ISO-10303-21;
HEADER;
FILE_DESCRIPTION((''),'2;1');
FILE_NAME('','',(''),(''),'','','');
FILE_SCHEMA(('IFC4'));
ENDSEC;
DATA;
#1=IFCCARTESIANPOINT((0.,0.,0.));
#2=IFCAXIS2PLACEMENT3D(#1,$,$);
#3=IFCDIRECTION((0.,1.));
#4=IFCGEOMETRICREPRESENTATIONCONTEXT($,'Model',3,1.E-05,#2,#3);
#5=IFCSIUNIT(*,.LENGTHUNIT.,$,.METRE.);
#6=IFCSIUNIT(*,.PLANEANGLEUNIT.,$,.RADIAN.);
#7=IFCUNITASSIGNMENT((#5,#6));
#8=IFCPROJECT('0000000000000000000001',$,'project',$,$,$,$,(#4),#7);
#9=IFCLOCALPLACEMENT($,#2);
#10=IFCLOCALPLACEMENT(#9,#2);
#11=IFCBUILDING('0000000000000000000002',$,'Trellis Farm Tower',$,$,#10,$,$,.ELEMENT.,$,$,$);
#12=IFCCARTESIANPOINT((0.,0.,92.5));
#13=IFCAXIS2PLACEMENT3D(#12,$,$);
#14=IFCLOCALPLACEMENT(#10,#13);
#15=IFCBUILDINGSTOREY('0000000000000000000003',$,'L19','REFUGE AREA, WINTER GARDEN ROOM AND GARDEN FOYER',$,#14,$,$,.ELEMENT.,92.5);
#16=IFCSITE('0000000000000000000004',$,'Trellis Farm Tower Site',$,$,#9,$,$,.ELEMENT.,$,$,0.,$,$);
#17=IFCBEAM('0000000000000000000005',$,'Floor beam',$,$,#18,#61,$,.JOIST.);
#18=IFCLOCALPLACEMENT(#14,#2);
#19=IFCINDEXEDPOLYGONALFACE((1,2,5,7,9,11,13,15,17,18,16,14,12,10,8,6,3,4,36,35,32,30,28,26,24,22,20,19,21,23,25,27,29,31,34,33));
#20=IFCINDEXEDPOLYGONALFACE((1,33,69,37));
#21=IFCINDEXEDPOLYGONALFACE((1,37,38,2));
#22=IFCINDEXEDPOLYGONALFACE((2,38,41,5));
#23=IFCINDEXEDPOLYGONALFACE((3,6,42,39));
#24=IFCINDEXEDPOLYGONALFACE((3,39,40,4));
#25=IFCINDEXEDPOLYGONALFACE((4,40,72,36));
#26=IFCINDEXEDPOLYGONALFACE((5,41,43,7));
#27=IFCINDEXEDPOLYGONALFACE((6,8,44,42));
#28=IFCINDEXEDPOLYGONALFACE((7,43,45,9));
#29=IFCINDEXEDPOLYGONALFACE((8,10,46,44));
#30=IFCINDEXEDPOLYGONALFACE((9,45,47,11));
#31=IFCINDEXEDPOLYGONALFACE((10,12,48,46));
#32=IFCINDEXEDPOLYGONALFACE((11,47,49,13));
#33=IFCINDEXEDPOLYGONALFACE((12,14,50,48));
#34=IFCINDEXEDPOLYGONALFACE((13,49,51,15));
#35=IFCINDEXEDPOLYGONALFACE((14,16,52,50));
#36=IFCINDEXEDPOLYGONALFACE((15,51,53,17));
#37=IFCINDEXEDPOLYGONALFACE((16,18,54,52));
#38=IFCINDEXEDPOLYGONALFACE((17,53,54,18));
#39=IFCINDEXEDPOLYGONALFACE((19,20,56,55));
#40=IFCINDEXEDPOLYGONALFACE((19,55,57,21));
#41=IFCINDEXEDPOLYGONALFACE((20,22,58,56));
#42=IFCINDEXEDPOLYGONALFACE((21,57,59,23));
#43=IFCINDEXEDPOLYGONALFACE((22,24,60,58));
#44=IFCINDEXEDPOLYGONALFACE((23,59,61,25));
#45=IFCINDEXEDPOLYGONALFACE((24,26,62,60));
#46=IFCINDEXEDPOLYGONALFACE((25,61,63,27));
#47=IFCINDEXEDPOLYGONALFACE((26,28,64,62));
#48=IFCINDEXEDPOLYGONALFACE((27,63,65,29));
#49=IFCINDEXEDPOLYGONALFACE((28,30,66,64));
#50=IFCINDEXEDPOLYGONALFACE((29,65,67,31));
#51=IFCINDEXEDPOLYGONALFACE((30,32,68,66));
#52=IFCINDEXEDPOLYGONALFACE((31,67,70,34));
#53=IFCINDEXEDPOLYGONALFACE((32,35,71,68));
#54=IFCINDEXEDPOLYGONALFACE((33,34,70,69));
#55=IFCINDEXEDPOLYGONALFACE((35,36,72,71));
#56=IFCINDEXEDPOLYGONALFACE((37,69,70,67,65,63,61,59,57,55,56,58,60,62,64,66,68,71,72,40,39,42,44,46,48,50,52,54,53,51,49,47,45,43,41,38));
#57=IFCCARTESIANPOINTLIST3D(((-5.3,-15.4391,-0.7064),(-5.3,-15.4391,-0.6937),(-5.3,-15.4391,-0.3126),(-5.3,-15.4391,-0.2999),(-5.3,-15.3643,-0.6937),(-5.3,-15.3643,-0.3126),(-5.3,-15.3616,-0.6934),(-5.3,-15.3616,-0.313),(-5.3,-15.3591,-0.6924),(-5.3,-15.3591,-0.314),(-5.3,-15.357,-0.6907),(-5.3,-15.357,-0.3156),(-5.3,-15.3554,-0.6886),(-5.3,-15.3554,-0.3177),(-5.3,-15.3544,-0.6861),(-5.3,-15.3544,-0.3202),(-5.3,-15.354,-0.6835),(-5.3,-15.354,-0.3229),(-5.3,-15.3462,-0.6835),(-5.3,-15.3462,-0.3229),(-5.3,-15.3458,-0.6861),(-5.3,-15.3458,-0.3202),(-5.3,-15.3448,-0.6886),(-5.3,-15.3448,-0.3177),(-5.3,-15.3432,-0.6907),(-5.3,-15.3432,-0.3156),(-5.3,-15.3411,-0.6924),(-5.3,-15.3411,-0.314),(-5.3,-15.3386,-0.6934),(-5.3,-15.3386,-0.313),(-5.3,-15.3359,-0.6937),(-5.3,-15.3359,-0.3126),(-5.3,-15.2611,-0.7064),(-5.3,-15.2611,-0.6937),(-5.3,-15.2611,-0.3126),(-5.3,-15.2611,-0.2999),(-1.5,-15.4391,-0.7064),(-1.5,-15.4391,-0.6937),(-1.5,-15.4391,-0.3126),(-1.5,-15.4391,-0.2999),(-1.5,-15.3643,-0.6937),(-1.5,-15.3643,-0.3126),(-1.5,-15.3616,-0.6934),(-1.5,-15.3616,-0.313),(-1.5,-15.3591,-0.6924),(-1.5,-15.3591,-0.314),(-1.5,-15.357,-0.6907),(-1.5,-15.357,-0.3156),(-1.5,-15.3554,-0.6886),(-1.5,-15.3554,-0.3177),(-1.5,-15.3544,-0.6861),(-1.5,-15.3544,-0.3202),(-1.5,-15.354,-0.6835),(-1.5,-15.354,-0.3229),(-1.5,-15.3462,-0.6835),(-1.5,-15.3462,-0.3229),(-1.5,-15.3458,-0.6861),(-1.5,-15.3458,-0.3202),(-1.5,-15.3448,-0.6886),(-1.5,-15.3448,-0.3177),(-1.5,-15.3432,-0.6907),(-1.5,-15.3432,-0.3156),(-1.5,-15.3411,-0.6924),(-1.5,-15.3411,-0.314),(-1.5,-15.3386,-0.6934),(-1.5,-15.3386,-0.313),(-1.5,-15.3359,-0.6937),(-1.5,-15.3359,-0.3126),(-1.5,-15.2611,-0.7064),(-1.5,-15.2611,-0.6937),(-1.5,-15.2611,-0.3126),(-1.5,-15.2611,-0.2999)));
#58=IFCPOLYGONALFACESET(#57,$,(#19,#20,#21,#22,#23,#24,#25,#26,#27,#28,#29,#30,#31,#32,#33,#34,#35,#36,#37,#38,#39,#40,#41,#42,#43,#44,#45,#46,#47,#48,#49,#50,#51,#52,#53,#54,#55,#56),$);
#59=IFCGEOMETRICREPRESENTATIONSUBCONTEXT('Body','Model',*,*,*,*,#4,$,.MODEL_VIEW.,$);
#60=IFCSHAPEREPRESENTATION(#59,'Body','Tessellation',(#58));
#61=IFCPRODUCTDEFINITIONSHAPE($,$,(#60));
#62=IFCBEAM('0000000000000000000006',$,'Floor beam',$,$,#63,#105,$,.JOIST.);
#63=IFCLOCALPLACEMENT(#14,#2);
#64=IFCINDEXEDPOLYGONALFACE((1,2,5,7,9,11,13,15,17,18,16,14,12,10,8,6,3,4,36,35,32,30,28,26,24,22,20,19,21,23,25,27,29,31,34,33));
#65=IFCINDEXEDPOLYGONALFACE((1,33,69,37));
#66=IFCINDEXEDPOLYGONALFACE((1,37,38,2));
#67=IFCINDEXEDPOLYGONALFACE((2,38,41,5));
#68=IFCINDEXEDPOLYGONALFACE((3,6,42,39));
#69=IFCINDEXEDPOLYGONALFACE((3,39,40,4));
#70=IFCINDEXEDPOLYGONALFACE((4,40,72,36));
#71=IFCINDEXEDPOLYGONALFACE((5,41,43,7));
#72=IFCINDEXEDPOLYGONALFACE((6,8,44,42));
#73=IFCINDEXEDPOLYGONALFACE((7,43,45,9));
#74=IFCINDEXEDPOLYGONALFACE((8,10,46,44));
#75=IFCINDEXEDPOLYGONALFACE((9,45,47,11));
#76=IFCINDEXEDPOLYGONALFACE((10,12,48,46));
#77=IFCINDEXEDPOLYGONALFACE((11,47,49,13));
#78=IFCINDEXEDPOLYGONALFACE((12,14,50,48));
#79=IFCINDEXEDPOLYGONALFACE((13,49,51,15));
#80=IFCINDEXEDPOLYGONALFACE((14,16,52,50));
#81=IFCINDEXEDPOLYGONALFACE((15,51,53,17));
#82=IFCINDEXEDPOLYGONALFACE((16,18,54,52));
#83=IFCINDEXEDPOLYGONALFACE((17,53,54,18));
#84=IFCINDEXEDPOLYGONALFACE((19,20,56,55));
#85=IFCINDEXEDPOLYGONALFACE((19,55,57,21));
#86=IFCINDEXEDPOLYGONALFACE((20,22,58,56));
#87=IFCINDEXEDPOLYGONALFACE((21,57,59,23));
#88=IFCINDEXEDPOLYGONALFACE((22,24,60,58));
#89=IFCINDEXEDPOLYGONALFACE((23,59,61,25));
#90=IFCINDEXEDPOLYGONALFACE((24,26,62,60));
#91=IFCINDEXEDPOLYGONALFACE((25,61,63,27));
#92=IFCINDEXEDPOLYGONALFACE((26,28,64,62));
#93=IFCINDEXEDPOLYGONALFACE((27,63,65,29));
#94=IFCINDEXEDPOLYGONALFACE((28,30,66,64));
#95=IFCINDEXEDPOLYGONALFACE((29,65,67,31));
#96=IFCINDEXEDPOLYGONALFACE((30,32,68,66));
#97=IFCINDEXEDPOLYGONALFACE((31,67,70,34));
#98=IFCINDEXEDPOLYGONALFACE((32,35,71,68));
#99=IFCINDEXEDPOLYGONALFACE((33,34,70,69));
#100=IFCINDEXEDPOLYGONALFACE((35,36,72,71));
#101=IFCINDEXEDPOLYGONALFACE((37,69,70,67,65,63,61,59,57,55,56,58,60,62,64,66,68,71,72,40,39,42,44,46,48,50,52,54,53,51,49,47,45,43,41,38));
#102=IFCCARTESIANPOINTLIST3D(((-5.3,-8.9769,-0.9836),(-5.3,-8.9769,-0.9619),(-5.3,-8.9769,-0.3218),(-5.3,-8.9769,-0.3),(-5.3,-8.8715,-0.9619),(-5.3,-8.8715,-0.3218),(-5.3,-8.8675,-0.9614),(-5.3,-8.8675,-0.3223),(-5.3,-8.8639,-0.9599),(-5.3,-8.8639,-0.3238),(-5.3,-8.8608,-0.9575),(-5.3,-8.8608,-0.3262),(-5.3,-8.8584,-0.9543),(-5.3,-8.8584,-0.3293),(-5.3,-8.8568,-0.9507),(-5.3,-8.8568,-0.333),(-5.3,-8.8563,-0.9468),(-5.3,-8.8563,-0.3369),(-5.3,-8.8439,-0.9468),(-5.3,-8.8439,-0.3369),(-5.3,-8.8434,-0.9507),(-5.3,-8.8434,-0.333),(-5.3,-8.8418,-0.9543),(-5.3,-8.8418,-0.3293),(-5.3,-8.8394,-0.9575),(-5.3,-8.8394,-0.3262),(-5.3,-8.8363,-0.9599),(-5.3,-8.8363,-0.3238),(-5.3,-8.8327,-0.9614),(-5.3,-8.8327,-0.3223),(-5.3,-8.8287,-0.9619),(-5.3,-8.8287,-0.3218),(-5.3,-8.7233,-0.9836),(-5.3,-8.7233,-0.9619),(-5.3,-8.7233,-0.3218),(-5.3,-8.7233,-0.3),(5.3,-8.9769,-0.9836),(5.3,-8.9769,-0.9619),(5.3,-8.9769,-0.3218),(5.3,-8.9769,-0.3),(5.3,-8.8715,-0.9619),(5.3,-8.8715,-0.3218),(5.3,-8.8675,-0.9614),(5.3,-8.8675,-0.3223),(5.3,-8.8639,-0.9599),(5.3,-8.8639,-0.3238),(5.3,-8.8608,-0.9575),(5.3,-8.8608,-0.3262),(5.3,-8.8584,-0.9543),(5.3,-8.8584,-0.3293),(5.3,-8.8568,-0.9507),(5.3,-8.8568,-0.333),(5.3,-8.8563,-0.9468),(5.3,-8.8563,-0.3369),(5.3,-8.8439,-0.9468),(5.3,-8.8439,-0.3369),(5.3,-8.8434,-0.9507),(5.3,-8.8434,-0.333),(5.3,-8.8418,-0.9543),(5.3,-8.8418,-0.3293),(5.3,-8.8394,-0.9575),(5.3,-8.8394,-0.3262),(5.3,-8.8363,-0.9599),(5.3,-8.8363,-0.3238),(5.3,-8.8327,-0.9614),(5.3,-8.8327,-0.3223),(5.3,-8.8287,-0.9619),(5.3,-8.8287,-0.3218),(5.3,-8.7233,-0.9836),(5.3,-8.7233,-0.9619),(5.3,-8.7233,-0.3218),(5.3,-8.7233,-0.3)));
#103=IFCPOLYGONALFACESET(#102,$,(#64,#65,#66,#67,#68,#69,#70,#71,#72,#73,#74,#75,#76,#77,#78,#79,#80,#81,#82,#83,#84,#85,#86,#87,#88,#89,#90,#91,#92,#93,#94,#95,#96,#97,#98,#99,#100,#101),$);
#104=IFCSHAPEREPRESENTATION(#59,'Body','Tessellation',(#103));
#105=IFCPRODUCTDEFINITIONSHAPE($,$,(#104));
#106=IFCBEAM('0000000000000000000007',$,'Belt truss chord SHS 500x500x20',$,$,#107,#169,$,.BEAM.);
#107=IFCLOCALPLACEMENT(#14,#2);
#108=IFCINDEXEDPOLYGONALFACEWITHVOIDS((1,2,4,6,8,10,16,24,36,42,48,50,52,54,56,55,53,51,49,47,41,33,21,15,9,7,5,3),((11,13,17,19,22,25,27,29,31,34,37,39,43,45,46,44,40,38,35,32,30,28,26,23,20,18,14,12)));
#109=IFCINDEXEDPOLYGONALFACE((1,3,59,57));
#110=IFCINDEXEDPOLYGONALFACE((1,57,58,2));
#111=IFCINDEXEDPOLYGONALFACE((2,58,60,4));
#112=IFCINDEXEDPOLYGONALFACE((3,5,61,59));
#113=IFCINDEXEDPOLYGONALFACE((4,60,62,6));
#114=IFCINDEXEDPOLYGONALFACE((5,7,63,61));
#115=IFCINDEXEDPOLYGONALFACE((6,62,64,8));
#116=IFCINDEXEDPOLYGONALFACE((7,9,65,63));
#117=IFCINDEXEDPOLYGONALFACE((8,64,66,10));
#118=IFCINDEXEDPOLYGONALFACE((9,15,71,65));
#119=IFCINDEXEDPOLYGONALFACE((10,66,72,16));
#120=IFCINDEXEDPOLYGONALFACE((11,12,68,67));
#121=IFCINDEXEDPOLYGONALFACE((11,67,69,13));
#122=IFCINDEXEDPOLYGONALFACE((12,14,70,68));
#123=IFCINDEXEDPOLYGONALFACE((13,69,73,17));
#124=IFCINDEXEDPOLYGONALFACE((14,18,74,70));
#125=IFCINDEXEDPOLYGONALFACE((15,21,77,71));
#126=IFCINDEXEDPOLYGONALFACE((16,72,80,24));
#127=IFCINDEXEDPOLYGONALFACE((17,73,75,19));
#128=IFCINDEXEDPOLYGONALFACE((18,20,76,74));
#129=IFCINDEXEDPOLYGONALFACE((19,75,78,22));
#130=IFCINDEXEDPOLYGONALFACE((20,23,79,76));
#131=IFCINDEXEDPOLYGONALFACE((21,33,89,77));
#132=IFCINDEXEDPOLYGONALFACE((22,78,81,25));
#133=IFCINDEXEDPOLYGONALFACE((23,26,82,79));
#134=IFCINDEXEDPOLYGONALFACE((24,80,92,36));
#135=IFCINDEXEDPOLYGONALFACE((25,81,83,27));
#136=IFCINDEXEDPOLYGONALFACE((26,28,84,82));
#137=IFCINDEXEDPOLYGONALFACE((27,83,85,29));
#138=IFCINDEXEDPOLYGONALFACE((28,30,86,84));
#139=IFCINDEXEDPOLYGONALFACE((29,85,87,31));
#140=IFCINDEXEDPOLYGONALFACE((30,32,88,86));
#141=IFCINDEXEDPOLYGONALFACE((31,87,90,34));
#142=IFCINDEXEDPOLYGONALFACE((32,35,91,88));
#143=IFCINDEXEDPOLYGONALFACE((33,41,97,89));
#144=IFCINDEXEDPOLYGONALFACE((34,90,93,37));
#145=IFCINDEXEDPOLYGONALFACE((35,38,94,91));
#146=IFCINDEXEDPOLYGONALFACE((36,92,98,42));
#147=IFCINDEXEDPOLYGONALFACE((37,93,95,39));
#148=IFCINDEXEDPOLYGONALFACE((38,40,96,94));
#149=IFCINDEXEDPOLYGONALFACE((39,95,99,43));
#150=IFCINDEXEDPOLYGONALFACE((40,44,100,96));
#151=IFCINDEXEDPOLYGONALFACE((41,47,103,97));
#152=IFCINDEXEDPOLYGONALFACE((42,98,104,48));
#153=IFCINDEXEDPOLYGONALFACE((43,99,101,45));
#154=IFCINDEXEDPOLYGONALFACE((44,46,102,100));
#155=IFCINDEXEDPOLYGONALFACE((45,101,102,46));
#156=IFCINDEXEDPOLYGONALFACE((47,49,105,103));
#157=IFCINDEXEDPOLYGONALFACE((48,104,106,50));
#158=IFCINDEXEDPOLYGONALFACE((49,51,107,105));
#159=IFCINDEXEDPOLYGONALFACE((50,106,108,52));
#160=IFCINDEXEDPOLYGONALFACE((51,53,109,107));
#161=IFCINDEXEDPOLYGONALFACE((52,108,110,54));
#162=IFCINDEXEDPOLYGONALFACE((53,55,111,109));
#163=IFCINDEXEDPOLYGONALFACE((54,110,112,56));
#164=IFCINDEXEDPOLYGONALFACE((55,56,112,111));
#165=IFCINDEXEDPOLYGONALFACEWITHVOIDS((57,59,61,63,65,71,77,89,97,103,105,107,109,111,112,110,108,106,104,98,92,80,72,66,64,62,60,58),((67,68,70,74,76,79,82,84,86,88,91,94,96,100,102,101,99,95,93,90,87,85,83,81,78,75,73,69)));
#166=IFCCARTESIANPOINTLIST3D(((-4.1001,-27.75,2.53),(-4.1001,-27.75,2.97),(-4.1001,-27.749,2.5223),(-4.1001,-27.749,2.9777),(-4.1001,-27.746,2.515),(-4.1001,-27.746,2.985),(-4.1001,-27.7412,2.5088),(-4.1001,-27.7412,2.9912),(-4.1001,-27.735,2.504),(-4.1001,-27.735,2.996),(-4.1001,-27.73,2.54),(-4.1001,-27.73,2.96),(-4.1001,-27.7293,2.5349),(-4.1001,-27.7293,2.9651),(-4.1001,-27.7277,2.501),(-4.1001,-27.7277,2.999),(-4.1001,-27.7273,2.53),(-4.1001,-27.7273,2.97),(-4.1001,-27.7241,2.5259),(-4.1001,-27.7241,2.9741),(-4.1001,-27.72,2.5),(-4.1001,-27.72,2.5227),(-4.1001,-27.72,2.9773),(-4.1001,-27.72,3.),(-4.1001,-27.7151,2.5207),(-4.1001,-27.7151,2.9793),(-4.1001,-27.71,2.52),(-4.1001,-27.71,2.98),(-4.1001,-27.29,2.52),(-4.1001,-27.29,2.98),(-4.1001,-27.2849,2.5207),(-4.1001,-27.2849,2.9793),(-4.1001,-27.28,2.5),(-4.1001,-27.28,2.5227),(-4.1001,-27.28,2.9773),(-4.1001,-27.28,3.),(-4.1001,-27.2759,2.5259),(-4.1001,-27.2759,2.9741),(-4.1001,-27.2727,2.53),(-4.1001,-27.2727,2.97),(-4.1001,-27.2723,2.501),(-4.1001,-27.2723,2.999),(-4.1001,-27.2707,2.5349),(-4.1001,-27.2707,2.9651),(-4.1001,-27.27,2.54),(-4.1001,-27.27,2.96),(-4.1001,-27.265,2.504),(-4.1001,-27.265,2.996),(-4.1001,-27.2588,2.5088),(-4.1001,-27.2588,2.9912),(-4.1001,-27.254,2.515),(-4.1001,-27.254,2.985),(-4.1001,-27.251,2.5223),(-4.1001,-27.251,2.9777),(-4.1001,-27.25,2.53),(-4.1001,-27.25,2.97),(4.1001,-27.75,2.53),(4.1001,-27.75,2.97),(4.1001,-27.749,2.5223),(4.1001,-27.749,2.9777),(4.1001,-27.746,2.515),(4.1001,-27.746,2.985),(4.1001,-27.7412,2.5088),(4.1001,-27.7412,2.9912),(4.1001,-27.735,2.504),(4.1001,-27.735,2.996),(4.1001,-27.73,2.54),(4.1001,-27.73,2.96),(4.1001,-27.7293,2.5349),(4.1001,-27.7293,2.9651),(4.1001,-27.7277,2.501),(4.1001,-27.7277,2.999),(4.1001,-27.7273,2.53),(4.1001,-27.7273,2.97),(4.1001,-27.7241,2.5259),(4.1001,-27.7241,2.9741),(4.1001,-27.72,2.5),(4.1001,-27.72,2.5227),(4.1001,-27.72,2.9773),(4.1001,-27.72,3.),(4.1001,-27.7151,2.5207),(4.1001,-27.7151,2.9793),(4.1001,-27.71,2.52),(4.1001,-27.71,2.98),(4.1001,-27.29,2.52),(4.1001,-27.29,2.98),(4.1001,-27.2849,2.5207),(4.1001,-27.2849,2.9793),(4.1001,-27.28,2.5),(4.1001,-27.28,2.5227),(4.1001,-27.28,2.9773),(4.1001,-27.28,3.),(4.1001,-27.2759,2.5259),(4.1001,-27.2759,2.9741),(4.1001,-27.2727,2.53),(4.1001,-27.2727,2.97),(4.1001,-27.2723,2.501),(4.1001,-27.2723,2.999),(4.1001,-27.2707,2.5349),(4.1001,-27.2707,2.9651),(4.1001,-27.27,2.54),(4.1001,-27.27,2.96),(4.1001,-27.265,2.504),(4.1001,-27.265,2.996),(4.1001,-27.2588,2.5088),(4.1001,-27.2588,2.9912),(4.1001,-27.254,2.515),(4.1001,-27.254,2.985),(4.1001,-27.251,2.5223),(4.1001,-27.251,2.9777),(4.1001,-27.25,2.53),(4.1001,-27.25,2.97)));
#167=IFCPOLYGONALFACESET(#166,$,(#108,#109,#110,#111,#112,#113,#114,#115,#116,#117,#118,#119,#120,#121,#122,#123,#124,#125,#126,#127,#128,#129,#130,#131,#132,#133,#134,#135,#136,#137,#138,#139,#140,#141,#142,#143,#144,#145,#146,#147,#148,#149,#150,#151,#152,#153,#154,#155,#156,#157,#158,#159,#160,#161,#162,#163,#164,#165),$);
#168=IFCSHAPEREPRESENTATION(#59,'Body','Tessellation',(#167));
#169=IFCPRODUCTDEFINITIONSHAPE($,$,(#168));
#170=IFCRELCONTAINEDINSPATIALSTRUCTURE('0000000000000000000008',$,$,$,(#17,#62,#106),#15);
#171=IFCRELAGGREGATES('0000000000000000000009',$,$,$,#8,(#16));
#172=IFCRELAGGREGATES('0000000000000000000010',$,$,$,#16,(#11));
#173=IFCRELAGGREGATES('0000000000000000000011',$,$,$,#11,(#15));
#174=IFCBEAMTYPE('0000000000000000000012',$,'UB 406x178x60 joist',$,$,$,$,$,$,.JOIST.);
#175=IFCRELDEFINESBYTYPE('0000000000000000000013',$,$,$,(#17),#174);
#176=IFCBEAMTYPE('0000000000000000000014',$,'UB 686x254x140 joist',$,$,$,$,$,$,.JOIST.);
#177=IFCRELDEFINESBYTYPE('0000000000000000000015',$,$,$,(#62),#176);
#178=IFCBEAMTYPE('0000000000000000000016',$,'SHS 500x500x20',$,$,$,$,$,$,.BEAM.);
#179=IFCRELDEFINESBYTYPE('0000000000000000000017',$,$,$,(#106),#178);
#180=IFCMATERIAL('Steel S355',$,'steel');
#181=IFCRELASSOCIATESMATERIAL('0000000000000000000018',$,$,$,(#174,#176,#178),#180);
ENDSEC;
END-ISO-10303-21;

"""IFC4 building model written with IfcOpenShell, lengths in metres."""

from ifc_helpers import new_model, si_unit, direction, frame, origin, origin_2d, place, context, subcontext, project, spatial, hollow_rectangle, i_section, extrude, source, transform, mapped, material, material_profile, profile_set, type_object, element, save


model = new_model("IFC4")

# Units and contexts
model_context = context("Model", 3, precision=1e-05, world=origin(), true_north=direction((0.0, 1.0)))
body_context = subcontext(model_context, "Body", "Model", "MODEL_VIEW")
ifc_project = project(units=[si_unit("LENGTHUNIT", "METRE"), si_unit("PLANEANGLEUNIT", "RADIAN")], contexts=[model_context])

# Site, building, storey
site_placement = place(None, origin())
site = spatial("IfcSite", under=ifc_project, at=site_placement, Name="Trellis Farm Tower Site", CompositionType="ELEMENT", RefElevation=0.0)
building_placement = place(site_placement, origin())
building = spatial("IfcBuilding", under=site, at=building_placement, Name="Trellis Farm Tower", CompositionType="ELEMENT")
storey_placement = place(building_placement, frame((0.0, 0.0, 92.5)))
storey = spatial("IfcBuildingStorey", under=building, at=storey_placement, Name="L19", Description="REFUGE AREA, WINTER GARDEN ROOM AND GARDEN FOYER", CompositionType="ELEMENT", Elevation=92.5)

# Beams
ifc_material_1 = material(Name="Steel S355", Category="steel")
ifc_material_profile_1 = material_profile(ifc_material_1, i_section(OverallWidth=0.178, OverallDepth=0.4065, WebThickness=0.0078, FlangeThickness=0.0127, FilletRadius=0.0103, at=origin_2d()), Name="UB 406x178x60")
ifc_profile_set_1 = profile_set([ifc_material_profile_1], Name="Steel S355")
beam_type_1 = type_object("IfcBeamType", Name="UB 406x178x60 joist", PredefinedType="JOIST", material=ifc_profile_set_1)
shared_shape_1 = source(origin(), body_context, "Body", "SweptSolid", [
    extrude(i_section(OverallWidth=0.178, OverallDepth=0.4065, WebThickness=0.0078, FlangeThickness=0.0127, FilletRadius=0.0103, at=origin_2d()), origin(), (0.0, 0.0, 1.0), 3.8),
])
beam_1_placement = place(storey_placement, frame((-5.3, -15.3501, -0.5032), z_axis=(1.0, 0.0, 0.0), x_axis=(0.0, 1.0, 0.0)))
element("IfcBeam", 1, at=beam_1_placement, inside=storey, type_object=beam_type_1, Name="Floor beam", PredefinedType="JOIST", context=body_context, shape_type="MappedRepresentation", body=[
    mapped(shared_shape_1, transform((0.0, 0.0, 0.0))),
])
ifc_material_profile_2 = material_profile(ifc_material_1, i_section(OverallWidth=0.2537, OverallDepth=0.6836, WebThickness=0.0125, FlangeThickness=0.0217, FilletRadius=0.0151, at=origin_2d()), Name="UB 686x254x140")
ifc_profile_set_2 = profile_set([ifc_material_profile_2], Name="Steel S355")
beam_type_2 = type_object("IfcBeamType", Name="UB 686x254x140 joist", PredefinedType="JOIST", material=ifc_profile_set_2)
shared_shape_2 = source(origin(), body_context, "Body", "SweptSolid", [
    extrude(i_section(OverallWidth=0.2537, OverallDepth=0.6836, WebThickness=0.0125, FlangeThickness=0.0217, FilletRadius=0.0151, at=origin_2d()), origin(), (0.0, 0.0, 1.0), 10.6001),
])
beam_2_placement = place(storey_placement, frame((-5.3, -8.8501, -0.6418), z_axis=(1.0, 0.0, 0.0), x_axis=(0.0, 1.0, 0.0)))
element("IfcBeam", 2, at=beam_2_placement, inside=storey, type_object=beam_type_2, Name="Floor beam", PredefinedType="JOIST", context=body_context, shape_type="MappedRepresentation", body=[
    mapped(shared_shape_2, transform((0.0, 0.0, 0.0))),
])
ifc_material_profile_3 = material_profile(ifc_material_1, hollow_rectangle(XDim=0.5, YDim=0.5, WallThickness=0.02, InnerFilletRadius=0.02, OuterFilletRadius=0.03, at=origin_2d()), Name="SHS 500x500x20")
ifc_profile_set_3 = profile_set([ifc_material_profile_3], Name="Steel S355")
beam_type_3 = type_object("IfcBeamType", Name="SHS 500x500x20", PredefinedType="BEAM", material=ifc_profile_set_3)
shared_shape_3 = source(origin(), body_context, "Body", "SweptSolid", [
    extrude(hollow_rectangle(XDim=0.5, YDim=0.5, WallThickness=0.02, InnerFilletRadius=0.02, OuterFilletRadius=0.03, at=origin_2d()), origin(), (0.0, 0.0, 1.0), 8.2002),
])
beam_3_placement = place(storey_placement, frame((-4.1001, -27.5, 2.75), z_axis=(1.0, 0.0, 0.0), x_axis=(0.0, 1.0, 0.0)))
element("IfcBeam", 3, at=beam_3_placement, inside=storey, type_object=beam_type_3, Name="Belt truss chord SHS 500x500x20", PredefinedType="BEAM", context=body_context, shape_type="MappedRepresentation", body=[
    mapped(shared_shape_3, transform((0.0, 0.0, 0.0))),
])

save(model, "model.ifc")
